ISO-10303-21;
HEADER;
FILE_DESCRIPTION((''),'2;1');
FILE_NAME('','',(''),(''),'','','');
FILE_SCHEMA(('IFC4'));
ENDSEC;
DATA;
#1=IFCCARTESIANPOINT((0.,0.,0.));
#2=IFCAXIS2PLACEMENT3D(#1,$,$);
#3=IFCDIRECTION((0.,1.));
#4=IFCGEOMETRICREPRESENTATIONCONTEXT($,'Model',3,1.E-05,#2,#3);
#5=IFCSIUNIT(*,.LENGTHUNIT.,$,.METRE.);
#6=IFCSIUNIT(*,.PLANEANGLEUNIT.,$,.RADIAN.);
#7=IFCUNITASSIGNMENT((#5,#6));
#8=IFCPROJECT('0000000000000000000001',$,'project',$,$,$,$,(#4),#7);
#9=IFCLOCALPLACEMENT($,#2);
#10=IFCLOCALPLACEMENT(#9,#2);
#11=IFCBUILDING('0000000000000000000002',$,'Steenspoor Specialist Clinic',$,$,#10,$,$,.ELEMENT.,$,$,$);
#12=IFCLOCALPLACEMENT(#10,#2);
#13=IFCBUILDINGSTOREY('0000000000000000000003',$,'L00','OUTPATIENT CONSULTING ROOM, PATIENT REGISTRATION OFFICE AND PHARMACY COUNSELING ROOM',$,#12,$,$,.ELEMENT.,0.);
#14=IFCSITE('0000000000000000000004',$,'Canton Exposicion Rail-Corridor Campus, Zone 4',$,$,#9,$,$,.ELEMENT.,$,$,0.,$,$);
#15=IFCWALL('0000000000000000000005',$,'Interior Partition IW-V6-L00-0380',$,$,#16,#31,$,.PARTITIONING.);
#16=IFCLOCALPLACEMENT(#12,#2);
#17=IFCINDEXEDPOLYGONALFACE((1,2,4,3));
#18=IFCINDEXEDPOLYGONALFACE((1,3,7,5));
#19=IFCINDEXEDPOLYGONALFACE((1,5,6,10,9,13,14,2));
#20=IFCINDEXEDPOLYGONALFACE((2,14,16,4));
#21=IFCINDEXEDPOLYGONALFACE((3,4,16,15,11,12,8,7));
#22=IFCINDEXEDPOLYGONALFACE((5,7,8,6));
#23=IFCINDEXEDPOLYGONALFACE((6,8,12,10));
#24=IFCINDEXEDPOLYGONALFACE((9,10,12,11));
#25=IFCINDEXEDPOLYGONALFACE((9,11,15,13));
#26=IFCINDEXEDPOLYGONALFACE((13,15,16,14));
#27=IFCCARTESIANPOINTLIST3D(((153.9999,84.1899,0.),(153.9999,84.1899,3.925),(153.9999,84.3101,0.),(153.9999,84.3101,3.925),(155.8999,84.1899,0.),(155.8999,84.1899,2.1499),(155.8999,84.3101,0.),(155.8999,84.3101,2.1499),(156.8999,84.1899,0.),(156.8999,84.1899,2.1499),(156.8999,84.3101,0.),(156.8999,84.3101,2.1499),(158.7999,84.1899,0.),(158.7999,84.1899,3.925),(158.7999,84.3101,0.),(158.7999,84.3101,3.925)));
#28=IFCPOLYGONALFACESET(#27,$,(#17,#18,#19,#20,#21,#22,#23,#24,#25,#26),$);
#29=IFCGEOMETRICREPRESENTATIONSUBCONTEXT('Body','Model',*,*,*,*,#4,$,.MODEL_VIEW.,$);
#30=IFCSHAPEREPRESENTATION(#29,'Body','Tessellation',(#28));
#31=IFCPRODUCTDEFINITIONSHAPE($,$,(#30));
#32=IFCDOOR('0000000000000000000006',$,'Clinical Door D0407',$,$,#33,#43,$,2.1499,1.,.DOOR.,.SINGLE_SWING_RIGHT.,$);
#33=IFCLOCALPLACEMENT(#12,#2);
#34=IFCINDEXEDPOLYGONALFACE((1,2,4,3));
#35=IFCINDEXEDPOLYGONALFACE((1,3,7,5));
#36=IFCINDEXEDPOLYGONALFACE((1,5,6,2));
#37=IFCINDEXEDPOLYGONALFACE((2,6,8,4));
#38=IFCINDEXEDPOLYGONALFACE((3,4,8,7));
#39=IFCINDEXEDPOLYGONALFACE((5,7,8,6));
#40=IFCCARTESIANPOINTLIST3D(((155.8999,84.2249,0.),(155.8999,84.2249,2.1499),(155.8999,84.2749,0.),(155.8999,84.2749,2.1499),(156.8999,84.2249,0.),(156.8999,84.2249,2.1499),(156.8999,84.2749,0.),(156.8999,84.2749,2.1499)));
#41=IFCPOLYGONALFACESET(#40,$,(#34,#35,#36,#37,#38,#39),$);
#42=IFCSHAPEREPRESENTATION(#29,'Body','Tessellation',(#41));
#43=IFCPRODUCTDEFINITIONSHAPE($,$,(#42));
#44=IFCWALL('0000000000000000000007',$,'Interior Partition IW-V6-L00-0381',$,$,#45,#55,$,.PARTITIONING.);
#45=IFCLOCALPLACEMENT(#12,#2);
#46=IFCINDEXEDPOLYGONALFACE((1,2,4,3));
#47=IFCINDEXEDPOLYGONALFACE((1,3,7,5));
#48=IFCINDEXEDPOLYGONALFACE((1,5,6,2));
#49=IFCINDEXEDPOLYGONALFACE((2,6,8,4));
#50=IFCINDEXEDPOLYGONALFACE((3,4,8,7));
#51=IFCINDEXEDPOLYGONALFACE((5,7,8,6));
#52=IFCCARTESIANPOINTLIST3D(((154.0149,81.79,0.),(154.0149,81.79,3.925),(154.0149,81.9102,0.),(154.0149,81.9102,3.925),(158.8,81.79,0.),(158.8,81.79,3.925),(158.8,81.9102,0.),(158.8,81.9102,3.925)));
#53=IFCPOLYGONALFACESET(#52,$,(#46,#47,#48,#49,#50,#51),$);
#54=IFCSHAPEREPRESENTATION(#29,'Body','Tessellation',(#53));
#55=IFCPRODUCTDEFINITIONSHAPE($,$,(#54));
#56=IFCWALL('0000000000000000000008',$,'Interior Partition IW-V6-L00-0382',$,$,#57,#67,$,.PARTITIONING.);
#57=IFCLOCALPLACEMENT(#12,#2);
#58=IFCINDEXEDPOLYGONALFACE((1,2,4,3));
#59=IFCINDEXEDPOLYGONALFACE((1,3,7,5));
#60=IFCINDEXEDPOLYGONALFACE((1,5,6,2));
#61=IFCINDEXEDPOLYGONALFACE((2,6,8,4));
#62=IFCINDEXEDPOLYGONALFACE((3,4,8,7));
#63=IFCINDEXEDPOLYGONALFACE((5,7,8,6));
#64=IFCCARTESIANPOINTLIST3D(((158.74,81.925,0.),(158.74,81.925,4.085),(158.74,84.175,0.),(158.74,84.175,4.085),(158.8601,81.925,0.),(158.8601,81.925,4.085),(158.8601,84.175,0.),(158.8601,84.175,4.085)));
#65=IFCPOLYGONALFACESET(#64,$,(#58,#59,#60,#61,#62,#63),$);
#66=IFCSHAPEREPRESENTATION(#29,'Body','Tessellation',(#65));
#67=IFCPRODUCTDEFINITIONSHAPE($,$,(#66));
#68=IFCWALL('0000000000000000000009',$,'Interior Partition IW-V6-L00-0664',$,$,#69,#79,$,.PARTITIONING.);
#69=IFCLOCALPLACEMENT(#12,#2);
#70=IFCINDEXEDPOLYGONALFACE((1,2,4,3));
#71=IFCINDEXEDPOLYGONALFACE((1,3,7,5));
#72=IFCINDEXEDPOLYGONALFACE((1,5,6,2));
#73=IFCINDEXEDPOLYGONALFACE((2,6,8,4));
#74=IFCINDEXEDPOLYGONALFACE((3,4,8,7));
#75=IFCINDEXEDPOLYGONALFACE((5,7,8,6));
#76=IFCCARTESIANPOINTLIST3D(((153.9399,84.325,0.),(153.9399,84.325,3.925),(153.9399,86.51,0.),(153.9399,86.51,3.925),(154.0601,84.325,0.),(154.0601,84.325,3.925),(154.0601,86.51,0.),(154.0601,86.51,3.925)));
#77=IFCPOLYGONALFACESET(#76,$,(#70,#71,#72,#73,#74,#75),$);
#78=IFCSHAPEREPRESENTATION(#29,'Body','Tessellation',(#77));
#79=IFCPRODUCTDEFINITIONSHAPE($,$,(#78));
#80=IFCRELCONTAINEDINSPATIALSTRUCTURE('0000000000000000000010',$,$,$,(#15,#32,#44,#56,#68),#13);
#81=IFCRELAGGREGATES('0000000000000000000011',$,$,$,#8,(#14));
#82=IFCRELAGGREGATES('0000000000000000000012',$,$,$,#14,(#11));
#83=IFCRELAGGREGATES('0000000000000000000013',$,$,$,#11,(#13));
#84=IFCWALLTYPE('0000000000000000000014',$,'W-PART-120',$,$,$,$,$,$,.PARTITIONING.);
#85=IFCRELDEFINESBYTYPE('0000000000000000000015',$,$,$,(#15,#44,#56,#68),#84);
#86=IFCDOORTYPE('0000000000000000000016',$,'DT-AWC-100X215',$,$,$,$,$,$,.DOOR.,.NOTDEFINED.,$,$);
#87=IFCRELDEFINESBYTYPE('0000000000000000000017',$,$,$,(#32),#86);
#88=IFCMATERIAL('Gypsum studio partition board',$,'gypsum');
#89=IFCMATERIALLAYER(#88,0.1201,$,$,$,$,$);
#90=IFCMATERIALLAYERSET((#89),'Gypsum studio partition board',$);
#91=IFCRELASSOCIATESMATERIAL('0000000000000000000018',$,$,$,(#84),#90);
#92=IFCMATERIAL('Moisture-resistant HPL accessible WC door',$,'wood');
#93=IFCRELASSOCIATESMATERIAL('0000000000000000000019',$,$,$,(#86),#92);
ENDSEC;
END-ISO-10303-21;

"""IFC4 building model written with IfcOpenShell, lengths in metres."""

from ifc_helpers import new_model, si_unit, direction, frame, frame_2d, origin, place, context, subcontext, project, spatial, rectangle, extrude, material, layer, layer_set, type_object, element, fill, save


model = new_model("IFC4")

# Units and contexts
model_context = context("Model", 3, precision=1e-05, world=origin(), true_north=direction((0.0, 1.0)))
body_context = subcontext(model_context, "Body", "Model", "MODEL_VIEW")
ifc_project = project(units=[si_unit("LENGTHUNIT", "METRE"), si_unit("PLANEANGLEUNIT", "RADIAN")], contexts=[model_context])

# Site, building, storey
site_placement = place(None, origin())
site = spatial("IfcSite", under=ifc_project, at=site_placement, Name="Canton Exposicion Rail-Corridor Campus, Zone 4", CompositionType="ELEMENT", RefElevation=0.0)
building_placement = place(site_placement, origin())
building = spatial("IfcBuilding", under=site, at=building_placement, Name="Steenspoor Specialist Clinic", CompositionType="ELEMENT")
storey_placement = place(building_placement, origin())
storey = spatial("IfcBuildingStorey", under=building, at=storey_placement, Name="L00", Description="OUTPATIENT CONSULTING ROOM, PATIENT REGISTRATION OFFICE AND PHARMACY COUNSELING ROOM", CompositionType="ELEMENT", Elevation=0.0)

# Wall, opening, door
ifc_material_1 = material(Name="Gypsum studio partition board", Category="gypsum")
ifc_layer_1 = layer(ifc_material_1, 0.1201)
ifc_layer_set_1 = layer_set([ifc_layer_1], Name="Gypsum studio partition board")
wall_type_1 = type_object("IfcWallType", Name="W-PART-120", PredefinedType="PARTITIONING", material=ifc_layer_set_1)
wall_1_placement = place(storey_placement, frame((154.0, 84.25, 0.0), z_axis=(0.0, 0.0, 1.0), x_axis=(1.0, 0.0, 0.0)))
wall_1 = element("IfcWall", 1, at=wall_1_placement, inside=storey, type_object=wall_type_1, Name="Interior Partition IW-V6-L00-0380", PredefinedType="PARTITIONING", context=body_context, shape_type="SweptSolid", body=[
    extrude(rectangle(XDim=4.8, YDim=0.1201, at=frame_2d((2.3999, 0.0))), origin(), (0.0, 0.0, 1.0), 3.925),
])
opening_1_placement = place(wall_1_placement, frame((1.8999, 0.0, 0.0)))
opening_1 = element("IfcOpeningElement", 2, at=opening_1_placement, cuts=wall_1, PredefinedType="OPENING", context=body_context, shape_type="SweptSolid", body=[
    extrude(rectangle(XDim=1.0, YDim=2.1499, at=frame_2d((0.5, 1.075))), frame((0.0, 0.0701, 0.0), z_axis=(0.0, -1.0, 0.0), x_axis=(1.0, 0.0, 0.0)), (0.0, 0.0, 1.0), 0.1401),
])
ifc_material_2 = material(Name="Moisture-resistant HPL accessible WC door", Category="wood")
door_type_1 = type_object("IfcDoorType", Name="DT-AWC-100X215", OperationType="NOTDEFINED", PredefinedType="DOOR", material=ifc_material_2)
door_1_placement = place(opening_1_placement, origin())
door_1 = element("IfcDoor", 3, at=door_1_placement, inside=storey, type_object=door_type_1, Name="Clinical Door D0407", OperationType="SINGLE_SWING_RIGHT", OverallHeight=2.1499, OverallWidth=1.0, PredefinedType="DOOR", context=body_context, shape_type="SweptSolid", body=[
    extrude(rectangle(XDim=1.0, YDim=2.1499, at=frame_2d((0.5, 1.075))), frame((0.0, 0.0249, 0.0), z_axis=(0.0, -1.0, 0.0), x_axis=(1.0, 0.0, 0.0)), (0.0, 0.0, 1.0), 0.05),
])
fill(opening_1, door_1)

# Walls
wall_2_placement = place(storey_placement, frame((154.0149, 81.8501, 0.0), z_axis=(0.0, 0.0, 1.0), x_axis=(1.0, 0.0, 0.0)))
element("IfcWall", 4, at=wall_2_placement, inside=storey, type_object=wall_type_1, Name="Interior Partition IW-V6-L00-0381", PredefinedType="PARTITIONING", context=body_context, shape_type="SweptSolid", body=[
    extrude(rectangle(XDim=4.7852, YDim=0.1201, at=frame_2d((2.3926, 0.0))), origin(), (0.0, 0.0, 1.0), 3.925),
])
wall_3_placement = place(storey_placement, frame((158.8, 81.925, 0.0), z_axis=(0.0, 0.0, 1.0), x_axis=(0.0, 1.0, 0.0)))
element("IfcWall", 5, at=wall_3_placement, inside=storey, type_object=wall_type_1, Name="Interior Partition IW-V6-L00-0382", PredefinedType="PARTITIONING", context=body_context, shape_type="SweptSolid", body=[
    extrude(rectangle(XDim=2.25, YDim=0.1201, at=frame_2d((1.125, 0.0))), origin(), (0.0, 0.0, 1.0), 4.085),
])

# Wall
wall_4_placement = place(storey_placement, frame((154.0, 84.325, 0.0), z_axis=(0.0, 0.0, 1.0), x_axis=(0.0, 1.0, 0.0)))
element("IfcWall", 6, at=wall_4_placement, inside=storey, type_object=wall_type_1, Name="Interior Partition IW-V6-L00-0664", PredefinedType="PARTITIONING", context=body_context, shape_type="SweptSolid", body=[
    extrude(rectangle(XDim=2.1851, YDim=0.1201, at=frame_2d((1.0925, 0.0))), origin(), (0.0, 0.0, 1.0), 3.925),
])

save(model, "model.ifc")
